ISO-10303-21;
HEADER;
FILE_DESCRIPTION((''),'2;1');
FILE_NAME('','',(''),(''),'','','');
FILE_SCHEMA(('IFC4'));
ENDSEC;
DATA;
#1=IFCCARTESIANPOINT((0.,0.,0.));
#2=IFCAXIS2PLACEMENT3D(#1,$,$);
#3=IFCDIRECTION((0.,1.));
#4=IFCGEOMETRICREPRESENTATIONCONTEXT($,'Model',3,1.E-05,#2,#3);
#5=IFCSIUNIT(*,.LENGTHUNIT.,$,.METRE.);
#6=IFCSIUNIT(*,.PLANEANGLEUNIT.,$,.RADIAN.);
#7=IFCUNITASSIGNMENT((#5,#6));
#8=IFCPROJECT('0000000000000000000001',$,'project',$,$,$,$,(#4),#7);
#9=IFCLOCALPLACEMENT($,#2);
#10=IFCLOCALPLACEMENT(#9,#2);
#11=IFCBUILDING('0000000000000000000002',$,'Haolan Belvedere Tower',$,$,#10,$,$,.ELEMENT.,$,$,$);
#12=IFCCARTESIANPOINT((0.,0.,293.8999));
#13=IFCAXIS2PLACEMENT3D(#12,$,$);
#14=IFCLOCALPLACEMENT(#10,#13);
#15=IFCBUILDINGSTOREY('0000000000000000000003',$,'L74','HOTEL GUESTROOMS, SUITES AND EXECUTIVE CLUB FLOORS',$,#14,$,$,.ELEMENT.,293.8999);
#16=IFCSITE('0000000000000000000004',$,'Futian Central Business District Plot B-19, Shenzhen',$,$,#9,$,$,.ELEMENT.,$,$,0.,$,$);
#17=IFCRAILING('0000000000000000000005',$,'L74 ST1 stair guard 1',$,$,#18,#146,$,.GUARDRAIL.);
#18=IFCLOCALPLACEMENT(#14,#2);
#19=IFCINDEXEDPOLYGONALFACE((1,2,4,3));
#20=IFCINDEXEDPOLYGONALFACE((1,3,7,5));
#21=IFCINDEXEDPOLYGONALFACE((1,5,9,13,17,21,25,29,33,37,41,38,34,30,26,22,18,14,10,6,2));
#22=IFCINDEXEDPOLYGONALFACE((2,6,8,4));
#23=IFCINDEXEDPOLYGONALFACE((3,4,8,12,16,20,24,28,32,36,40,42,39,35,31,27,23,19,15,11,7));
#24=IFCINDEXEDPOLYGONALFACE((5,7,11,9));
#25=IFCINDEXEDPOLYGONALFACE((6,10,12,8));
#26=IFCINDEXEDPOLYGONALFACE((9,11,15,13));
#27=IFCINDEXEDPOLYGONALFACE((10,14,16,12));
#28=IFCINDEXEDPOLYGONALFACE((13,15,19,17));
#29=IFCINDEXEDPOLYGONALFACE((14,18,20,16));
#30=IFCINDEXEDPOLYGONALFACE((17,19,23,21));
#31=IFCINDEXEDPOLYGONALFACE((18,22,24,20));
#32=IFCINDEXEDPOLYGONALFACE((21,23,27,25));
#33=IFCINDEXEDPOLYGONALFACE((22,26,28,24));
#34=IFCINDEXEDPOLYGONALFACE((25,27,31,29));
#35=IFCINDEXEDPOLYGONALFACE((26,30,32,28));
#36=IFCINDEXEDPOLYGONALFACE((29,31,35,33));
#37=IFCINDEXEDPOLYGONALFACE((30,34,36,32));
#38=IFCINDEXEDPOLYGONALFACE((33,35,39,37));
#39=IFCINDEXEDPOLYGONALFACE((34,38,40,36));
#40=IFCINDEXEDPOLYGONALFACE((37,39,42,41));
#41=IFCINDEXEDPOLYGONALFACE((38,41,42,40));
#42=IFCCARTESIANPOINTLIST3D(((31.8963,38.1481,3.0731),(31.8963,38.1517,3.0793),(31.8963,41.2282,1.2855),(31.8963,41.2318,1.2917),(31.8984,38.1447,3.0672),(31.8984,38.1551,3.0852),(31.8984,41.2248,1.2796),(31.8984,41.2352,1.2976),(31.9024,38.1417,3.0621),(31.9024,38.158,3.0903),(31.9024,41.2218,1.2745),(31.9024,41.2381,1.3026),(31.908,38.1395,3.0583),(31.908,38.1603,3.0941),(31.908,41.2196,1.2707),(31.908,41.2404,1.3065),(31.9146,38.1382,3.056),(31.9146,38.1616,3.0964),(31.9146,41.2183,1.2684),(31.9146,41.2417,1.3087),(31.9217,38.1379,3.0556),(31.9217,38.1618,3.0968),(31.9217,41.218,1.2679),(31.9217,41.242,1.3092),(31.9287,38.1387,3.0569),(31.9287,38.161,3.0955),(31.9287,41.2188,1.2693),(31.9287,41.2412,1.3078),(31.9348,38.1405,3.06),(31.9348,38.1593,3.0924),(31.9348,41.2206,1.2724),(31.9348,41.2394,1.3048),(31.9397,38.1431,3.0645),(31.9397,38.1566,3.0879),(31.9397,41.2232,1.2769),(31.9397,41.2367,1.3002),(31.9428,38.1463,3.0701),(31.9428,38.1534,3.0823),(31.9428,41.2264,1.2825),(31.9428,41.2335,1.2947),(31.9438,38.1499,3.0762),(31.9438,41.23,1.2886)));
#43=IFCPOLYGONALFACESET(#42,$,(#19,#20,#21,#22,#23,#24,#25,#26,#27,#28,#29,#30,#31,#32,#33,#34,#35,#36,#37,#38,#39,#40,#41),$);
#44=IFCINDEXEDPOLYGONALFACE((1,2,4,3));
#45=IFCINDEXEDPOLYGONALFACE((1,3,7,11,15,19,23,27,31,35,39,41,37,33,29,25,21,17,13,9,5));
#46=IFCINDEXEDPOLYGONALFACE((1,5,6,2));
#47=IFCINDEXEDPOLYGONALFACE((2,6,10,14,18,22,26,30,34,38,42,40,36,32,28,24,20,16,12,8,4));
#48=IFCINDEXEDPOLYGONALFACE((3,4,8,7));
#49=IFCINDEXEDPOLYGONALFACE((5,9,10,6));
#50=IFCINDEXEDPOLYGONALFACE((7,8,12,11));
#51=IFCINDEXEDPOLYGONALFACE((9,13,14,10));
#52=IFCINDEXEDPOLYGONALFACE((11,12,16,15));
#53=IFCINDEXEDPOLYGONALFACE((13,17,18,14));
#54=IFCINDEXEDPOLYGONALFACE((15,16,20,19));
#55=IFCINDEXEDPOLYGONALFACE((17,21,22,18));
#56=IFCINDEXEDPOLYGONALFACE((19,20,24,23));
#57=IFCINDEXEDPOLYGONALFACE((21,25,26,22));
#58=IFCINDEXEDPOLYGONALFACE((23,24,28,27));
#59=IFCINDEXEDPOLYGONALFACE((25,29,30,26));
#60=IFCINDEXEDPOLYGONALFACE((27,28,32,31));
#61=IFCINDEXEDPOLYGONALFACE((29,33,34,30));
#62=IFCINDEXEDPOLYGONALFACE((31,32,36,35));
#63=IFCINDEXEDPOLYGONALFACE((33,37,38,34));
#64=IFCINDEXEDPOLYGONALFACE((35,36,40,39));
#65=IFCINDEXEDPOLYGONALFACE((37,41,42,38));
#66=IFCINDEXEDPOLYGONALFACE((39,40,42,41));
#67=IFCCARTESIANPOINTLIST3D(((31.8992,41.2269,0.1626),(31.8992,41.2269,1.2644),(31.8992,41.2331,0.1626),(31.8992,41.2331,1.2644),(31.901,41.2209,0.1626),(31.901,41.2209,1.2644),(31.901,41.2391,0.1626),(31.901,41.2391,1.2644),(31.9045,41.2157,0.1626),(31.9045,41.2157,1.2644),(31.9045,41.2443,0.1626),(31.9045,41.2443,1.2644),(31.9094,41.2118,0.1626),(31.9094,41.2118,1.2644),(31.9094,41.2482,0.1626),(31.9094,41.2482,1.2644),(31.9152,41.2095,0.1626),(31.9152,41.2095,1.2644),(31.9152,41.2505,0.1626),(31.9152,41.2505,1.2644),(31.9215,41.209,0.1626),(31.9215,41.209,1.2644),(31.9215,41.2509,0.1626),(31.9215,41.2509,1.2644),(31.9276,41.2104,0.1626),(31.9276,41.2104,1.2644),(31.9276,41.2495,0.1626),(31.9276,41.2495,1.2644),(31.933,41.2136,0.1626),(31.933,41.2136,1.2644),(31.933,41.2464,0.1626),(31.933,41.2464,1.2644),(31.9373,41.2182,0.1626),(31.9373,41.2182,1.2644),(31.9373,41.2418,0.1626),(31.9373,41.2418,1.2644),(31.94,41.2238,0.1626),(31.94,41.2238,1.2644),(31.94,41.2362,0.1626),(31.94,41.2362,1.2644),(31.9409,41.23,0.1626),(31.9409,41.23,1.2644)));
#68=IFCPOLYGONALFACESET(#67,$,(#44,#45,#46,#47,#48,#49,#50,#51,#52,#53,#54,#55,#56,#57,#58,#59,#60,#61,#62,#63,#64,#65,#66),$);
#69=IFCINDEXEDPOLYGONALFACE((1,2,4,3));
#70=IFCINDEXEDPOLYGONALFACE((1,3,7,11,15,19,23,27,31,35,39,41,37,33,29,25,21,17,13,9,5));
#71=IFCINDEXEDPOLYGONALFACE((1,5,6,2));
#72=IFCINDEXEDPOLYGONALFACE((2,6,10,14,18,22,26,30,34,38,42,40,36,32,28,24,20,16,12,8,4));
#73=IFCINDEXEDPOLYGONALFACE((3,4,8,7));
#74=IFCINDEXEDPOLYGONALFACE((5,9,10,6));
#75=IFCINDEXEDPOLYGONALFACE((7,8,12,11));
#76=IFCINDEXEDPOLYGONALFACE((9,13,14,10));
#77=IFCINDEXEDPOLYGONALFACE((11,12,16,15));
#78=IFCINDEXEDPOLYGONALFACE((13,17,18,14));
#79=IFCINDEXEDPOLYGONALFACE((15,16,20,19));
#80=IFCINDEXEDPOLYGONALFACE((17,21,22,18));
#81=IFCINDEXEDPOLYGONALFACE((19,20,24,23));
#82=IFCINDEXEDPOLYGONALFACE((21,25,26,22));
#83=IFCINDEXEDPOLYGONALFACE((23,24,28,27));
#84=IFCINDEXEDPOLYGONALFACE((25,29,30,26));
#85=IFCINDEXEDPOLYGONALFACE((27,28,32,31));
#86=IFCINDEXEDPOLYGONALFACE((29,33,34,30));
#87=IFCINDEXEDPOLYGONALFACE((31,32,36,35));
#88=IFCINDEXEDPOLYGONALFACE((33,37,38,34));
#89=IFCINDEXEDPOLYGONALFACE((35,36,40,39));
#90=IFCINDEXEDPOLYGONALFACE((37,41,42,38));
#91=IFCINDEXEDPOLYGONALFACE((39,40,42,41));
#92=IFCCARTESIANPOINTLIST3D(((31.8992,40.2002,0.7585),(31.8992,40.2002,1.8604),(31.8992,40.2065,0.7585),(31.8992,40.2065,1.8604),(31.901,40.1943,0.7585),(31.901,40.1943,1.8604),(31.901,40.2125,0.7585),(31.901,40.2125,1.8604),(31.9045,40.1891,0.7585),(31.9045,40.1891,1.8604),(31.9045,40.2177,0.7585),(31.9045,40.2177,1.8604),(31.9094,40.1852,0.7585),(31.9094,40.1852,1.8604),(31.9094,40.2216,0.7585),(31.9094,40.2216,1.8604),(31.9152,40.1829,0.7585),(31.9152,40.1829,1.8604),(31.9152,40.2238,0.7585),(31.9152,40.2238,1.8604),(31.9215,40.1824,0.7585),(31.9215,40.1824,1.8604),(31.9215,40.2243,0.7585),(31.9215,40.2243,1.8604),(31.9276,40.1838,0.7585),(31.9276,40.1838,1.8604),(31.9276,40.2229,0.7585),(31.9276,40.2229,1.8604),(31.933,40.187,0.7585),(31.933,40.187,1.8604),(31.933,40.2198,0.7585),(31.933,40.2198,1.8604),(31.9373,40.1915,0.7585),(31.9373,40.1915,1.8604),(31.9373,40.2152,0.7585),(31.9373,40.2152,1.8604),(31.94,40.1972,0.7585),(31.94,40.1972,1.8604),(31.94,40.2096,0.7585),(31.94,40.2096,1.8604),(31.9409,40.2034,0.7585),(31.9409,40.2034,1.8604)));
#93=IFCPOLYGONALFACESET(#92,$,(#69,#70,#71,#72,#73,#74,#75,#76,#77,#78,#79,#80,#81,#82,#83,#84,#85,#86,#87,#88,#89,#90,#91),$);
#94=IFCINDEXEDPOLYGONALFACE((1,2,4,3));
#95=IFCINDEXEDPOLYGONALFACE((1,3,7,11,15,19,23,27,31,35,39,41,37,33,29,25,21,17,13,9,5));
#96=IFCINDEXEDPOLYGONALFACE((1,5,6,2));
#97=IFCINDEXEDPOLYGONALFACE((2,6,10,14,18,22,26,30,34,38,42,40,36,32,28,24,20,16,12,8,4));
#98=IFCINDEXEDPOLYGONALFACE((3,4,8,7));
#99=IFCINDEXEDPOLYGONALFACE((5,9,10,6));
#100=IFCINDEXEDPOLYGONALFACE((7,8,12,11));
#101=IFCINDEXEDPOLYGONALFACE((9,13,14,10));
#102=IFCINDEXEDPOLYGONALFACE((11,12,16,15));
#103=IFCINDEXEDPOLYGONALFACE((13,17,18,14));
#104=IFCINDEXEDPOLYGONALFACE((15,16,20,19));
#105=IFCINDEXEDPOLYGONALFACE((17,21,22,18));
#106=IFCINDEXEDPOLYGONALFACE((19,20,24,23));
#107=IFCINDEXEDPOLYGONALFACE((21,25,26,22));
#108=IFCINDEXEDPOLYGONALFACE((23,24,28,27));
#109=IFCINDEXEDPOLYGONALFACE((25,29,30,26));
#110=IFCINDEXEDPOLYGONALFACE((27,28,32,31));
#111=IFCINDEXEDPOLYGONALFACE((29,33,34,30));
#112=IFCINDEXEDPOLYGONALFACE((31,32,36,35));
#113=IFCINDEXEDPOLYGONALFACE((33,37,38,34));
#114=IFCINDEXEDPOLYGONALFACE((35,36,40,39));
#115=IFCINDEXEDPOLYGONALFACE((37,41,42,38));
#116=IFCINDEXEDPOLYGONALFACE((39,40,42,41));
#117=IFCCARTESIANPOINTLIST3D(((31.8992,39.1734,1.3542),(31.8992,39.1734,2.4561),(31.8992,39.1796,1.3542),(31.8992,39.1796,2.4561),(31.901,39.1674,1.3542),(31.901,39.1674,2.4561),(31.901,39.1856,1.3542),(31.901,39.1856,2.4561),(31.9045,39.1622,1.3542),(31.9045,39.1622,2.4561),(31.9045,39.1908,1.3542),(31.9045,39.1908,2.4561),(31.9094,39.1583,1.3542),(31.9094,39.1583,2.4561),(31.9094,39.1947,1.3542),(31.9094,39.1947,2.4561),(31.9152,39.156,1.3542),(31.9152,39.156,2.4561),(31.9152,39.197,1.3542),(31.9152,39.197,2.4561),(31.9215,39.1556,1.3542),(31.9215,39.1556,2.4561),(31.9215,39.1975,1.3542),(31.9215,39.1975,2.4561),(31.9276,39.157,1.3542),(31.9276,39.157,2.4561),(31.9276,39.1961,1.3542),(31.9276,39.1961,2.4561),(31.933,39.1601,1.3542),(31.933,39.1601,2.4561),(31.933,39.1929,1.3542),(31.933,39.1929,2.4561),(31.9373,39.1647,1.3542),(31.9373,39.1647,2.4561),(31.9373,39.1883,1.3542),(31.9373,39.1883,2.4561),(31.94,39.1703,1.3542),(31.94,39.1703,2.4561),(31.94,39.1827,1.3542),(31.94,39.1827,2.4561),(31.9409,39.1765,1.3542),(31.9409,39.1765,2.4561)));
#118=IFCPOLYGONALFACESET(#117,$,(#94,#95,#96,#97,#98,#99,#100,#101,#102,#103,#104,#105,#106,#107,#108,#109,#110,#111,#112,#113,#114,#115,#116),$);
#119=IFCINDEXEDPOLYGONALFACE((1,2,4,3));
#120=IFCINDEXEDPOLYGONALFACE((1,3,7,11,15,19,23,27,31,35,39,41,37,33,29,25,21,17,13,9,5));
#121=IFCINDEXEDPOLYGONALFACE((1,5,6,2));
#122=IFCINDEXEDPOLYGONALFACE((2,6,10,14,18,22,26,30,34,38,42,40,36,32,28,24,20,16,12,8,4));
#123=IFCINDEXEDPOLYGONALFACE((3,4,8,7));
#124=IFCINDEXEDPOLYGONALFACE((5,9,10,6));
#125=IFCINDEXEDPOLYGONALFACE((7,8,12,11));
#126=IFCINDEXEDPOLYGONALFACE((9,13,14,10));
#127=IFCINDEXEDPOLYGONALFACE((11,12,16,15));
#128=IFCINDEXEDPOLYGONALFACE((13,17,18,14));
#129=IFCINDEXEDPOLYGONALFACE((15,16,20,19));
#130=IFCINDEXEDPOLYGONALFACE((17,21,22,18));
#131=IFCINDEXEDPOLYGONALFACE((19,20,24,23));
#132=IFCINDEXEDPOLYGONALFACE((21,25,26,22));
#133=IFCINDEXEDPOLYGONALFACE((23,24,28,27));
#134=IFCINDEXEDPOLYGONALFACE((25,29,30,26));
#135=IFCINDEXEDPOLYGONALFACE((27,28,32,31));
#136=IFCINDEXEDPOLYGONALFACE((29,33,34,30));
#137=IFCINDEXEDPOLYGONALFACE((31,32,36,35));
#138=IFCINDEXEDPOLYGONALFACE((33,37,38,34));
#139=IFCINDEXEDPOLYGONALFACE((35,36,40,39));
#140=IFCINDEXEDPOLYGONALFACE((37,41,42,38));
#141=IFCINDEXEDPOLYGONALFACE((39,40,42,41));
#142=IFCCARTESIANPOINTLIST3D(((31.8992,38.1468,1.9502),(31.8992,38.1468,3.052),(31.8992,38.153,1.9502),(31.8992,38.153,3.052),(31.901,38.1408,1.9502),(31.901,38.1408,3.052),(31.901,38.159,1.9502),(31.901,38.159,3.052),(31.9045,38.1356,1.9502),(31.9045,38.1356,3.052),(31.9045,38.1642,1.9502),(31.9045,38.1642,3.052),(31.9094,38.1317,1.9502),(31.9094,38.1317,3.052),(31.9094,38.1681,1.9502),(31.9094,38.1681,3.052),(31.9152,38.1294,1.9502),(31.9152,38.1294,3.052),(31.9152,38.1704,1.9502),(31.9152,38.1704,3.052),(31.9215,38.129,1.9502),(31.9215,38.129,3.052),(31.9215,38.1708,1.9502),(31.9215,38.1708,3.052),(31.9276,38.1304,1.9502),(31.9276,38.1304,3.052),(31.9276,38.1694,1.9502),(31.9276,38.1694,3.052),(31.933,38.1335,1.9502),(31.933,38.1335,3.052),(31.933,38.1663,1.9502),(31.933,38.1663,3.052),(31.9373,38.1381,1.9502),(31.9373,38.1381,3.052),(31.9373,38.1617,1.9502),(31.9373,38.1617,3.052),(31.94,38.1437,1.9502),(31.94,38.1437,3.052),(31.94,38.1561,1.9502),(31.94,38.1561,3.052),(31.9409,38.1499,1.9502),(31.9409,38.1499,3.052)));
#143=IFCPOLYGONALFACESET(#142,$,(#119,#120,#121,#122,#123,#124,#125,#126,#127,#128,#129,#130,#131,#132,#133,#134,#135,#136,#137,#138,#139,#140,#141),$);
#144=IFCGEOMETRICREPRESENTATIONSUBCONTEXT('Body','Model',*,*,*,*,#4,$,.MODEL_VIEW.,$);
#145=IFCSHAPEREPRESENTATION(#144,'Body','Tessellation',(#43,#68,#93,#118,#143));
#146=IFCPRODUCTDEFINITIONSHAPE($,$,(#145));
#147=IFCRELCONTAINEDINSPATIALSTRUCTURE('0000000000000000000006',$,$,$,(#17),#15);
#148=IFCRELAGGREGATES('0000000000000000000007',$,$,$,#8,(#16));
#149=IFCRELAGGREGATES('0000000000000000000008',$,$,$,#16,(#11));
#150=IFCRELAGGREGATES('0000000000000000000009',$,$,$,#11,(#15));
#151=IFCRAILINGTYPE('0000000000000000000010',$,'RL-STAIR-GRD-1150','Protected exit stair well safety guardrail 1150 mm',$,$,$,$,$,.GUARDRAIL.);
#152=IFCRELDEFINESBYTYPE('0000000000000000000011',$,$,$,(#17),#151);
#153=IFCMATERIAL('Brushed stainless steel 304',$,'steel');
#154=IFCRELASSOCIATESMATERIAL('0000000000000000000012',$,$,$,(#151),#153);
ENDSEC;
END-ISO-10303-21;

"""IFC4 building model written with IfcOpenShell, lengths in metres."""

from ifc_helpers import new_model, si_unit, direction, frame, origin, origin_2d, place, context, subcontext, project, spatial, circle, extrude, material, type_object, element, save


model = new_model("IFC4")

# Units and contexts
model_context = context("Model", 3, precision=1e-05, world=origin(), true_north=direction((0.0, 1.0)))
body_context = subcontext(model_context, "Body", "Model", "MODEL_VIEW")
ifc_project = project(units=[si_unit("LENGTHUNIT", "METRE"), si_unit("PLANEANGLEUNIT", "RADIAN")], contexts=[model_context])

# Site, building, storey
site_placement = place(None, origin())
site = spatial("IfcSite", under=ifc_project, at=site_placement, Name="Futian Central Business District Plot B-19, Shenzhen", CompositionType="ELEMENT", RefElevation=0.0)
building_placement = place(site_placement, origin())
building = spatial("IfcBuilding", under=site, at=building_placement, Name="Haolan Belvedere Tower", CompositionType="ELEMENT")
storey_placement = place(building_placement, frame((0.0, 0.0, 293.8999)))
storey = spatial("IfcBuildingStorey", under=building, at=storey_placement, Name="L74", Description="HOTEL GUESTROOMS, SUITES AND EXECUTIVE CLUB FLOORS", CompositionType="ELEMENT", Elevation=293.8999)

# Railing
ifc_material_1 = material(Name="Brushed stainless steel 304", Category="steel")
railing_type_1 = type_object("IfcRailingType", Name="RL-STAIR-GRD-1150", Description="Protected exit stair well safety guardrail 1150 mm", PredefinedType="GUARDRAIL", material=ifc_material_1)
railing_1_placement = place(storey_placement, frame((31.9199, 41.23, 0.1626)))
element("IfcRailing", 1, at=railing_1_placement, inside=storey, type_object=railing_type_1, Name="L74 ST1 stair guard 1", PredefinedType="GUARDRAIL", context=body_context, shape_type="SweptSolid", body=[
    extrude(circle(Radius=0.0239, at=origin_2d()), frame((0.0, 0.0, 1.126), z_axis=(0.0, -0.864891, 0.50196), x_axis=(1.0, 0.0, 0.0)), (0.0, 0.0, 1.0), 3.5613),
    extrude(circle(Radius=0.021, at=origin_2d()), origin(), (0.0, 0.0, 1.0), 1.1018),
    extrude(circle(Radius=0.021, at=origin_2d()), frame((0.0, -1.0266, 0.5959)), (0.0, 0.0, 1.0), 1.1018),
    extrude(circle(Radius=0.021, at=origin_2d()), frame((0.0, -2.0535, 1.1917)), (0.0, 0.0, 1.0), 1.1018),
    extrude(circle(Radius=0.021, at=origin_2d()), frame((0.0, -3.0801, 1.7876)), (0.0, 0.0, 1.0), 1.1018),
])

save(model, "model.ifc")
